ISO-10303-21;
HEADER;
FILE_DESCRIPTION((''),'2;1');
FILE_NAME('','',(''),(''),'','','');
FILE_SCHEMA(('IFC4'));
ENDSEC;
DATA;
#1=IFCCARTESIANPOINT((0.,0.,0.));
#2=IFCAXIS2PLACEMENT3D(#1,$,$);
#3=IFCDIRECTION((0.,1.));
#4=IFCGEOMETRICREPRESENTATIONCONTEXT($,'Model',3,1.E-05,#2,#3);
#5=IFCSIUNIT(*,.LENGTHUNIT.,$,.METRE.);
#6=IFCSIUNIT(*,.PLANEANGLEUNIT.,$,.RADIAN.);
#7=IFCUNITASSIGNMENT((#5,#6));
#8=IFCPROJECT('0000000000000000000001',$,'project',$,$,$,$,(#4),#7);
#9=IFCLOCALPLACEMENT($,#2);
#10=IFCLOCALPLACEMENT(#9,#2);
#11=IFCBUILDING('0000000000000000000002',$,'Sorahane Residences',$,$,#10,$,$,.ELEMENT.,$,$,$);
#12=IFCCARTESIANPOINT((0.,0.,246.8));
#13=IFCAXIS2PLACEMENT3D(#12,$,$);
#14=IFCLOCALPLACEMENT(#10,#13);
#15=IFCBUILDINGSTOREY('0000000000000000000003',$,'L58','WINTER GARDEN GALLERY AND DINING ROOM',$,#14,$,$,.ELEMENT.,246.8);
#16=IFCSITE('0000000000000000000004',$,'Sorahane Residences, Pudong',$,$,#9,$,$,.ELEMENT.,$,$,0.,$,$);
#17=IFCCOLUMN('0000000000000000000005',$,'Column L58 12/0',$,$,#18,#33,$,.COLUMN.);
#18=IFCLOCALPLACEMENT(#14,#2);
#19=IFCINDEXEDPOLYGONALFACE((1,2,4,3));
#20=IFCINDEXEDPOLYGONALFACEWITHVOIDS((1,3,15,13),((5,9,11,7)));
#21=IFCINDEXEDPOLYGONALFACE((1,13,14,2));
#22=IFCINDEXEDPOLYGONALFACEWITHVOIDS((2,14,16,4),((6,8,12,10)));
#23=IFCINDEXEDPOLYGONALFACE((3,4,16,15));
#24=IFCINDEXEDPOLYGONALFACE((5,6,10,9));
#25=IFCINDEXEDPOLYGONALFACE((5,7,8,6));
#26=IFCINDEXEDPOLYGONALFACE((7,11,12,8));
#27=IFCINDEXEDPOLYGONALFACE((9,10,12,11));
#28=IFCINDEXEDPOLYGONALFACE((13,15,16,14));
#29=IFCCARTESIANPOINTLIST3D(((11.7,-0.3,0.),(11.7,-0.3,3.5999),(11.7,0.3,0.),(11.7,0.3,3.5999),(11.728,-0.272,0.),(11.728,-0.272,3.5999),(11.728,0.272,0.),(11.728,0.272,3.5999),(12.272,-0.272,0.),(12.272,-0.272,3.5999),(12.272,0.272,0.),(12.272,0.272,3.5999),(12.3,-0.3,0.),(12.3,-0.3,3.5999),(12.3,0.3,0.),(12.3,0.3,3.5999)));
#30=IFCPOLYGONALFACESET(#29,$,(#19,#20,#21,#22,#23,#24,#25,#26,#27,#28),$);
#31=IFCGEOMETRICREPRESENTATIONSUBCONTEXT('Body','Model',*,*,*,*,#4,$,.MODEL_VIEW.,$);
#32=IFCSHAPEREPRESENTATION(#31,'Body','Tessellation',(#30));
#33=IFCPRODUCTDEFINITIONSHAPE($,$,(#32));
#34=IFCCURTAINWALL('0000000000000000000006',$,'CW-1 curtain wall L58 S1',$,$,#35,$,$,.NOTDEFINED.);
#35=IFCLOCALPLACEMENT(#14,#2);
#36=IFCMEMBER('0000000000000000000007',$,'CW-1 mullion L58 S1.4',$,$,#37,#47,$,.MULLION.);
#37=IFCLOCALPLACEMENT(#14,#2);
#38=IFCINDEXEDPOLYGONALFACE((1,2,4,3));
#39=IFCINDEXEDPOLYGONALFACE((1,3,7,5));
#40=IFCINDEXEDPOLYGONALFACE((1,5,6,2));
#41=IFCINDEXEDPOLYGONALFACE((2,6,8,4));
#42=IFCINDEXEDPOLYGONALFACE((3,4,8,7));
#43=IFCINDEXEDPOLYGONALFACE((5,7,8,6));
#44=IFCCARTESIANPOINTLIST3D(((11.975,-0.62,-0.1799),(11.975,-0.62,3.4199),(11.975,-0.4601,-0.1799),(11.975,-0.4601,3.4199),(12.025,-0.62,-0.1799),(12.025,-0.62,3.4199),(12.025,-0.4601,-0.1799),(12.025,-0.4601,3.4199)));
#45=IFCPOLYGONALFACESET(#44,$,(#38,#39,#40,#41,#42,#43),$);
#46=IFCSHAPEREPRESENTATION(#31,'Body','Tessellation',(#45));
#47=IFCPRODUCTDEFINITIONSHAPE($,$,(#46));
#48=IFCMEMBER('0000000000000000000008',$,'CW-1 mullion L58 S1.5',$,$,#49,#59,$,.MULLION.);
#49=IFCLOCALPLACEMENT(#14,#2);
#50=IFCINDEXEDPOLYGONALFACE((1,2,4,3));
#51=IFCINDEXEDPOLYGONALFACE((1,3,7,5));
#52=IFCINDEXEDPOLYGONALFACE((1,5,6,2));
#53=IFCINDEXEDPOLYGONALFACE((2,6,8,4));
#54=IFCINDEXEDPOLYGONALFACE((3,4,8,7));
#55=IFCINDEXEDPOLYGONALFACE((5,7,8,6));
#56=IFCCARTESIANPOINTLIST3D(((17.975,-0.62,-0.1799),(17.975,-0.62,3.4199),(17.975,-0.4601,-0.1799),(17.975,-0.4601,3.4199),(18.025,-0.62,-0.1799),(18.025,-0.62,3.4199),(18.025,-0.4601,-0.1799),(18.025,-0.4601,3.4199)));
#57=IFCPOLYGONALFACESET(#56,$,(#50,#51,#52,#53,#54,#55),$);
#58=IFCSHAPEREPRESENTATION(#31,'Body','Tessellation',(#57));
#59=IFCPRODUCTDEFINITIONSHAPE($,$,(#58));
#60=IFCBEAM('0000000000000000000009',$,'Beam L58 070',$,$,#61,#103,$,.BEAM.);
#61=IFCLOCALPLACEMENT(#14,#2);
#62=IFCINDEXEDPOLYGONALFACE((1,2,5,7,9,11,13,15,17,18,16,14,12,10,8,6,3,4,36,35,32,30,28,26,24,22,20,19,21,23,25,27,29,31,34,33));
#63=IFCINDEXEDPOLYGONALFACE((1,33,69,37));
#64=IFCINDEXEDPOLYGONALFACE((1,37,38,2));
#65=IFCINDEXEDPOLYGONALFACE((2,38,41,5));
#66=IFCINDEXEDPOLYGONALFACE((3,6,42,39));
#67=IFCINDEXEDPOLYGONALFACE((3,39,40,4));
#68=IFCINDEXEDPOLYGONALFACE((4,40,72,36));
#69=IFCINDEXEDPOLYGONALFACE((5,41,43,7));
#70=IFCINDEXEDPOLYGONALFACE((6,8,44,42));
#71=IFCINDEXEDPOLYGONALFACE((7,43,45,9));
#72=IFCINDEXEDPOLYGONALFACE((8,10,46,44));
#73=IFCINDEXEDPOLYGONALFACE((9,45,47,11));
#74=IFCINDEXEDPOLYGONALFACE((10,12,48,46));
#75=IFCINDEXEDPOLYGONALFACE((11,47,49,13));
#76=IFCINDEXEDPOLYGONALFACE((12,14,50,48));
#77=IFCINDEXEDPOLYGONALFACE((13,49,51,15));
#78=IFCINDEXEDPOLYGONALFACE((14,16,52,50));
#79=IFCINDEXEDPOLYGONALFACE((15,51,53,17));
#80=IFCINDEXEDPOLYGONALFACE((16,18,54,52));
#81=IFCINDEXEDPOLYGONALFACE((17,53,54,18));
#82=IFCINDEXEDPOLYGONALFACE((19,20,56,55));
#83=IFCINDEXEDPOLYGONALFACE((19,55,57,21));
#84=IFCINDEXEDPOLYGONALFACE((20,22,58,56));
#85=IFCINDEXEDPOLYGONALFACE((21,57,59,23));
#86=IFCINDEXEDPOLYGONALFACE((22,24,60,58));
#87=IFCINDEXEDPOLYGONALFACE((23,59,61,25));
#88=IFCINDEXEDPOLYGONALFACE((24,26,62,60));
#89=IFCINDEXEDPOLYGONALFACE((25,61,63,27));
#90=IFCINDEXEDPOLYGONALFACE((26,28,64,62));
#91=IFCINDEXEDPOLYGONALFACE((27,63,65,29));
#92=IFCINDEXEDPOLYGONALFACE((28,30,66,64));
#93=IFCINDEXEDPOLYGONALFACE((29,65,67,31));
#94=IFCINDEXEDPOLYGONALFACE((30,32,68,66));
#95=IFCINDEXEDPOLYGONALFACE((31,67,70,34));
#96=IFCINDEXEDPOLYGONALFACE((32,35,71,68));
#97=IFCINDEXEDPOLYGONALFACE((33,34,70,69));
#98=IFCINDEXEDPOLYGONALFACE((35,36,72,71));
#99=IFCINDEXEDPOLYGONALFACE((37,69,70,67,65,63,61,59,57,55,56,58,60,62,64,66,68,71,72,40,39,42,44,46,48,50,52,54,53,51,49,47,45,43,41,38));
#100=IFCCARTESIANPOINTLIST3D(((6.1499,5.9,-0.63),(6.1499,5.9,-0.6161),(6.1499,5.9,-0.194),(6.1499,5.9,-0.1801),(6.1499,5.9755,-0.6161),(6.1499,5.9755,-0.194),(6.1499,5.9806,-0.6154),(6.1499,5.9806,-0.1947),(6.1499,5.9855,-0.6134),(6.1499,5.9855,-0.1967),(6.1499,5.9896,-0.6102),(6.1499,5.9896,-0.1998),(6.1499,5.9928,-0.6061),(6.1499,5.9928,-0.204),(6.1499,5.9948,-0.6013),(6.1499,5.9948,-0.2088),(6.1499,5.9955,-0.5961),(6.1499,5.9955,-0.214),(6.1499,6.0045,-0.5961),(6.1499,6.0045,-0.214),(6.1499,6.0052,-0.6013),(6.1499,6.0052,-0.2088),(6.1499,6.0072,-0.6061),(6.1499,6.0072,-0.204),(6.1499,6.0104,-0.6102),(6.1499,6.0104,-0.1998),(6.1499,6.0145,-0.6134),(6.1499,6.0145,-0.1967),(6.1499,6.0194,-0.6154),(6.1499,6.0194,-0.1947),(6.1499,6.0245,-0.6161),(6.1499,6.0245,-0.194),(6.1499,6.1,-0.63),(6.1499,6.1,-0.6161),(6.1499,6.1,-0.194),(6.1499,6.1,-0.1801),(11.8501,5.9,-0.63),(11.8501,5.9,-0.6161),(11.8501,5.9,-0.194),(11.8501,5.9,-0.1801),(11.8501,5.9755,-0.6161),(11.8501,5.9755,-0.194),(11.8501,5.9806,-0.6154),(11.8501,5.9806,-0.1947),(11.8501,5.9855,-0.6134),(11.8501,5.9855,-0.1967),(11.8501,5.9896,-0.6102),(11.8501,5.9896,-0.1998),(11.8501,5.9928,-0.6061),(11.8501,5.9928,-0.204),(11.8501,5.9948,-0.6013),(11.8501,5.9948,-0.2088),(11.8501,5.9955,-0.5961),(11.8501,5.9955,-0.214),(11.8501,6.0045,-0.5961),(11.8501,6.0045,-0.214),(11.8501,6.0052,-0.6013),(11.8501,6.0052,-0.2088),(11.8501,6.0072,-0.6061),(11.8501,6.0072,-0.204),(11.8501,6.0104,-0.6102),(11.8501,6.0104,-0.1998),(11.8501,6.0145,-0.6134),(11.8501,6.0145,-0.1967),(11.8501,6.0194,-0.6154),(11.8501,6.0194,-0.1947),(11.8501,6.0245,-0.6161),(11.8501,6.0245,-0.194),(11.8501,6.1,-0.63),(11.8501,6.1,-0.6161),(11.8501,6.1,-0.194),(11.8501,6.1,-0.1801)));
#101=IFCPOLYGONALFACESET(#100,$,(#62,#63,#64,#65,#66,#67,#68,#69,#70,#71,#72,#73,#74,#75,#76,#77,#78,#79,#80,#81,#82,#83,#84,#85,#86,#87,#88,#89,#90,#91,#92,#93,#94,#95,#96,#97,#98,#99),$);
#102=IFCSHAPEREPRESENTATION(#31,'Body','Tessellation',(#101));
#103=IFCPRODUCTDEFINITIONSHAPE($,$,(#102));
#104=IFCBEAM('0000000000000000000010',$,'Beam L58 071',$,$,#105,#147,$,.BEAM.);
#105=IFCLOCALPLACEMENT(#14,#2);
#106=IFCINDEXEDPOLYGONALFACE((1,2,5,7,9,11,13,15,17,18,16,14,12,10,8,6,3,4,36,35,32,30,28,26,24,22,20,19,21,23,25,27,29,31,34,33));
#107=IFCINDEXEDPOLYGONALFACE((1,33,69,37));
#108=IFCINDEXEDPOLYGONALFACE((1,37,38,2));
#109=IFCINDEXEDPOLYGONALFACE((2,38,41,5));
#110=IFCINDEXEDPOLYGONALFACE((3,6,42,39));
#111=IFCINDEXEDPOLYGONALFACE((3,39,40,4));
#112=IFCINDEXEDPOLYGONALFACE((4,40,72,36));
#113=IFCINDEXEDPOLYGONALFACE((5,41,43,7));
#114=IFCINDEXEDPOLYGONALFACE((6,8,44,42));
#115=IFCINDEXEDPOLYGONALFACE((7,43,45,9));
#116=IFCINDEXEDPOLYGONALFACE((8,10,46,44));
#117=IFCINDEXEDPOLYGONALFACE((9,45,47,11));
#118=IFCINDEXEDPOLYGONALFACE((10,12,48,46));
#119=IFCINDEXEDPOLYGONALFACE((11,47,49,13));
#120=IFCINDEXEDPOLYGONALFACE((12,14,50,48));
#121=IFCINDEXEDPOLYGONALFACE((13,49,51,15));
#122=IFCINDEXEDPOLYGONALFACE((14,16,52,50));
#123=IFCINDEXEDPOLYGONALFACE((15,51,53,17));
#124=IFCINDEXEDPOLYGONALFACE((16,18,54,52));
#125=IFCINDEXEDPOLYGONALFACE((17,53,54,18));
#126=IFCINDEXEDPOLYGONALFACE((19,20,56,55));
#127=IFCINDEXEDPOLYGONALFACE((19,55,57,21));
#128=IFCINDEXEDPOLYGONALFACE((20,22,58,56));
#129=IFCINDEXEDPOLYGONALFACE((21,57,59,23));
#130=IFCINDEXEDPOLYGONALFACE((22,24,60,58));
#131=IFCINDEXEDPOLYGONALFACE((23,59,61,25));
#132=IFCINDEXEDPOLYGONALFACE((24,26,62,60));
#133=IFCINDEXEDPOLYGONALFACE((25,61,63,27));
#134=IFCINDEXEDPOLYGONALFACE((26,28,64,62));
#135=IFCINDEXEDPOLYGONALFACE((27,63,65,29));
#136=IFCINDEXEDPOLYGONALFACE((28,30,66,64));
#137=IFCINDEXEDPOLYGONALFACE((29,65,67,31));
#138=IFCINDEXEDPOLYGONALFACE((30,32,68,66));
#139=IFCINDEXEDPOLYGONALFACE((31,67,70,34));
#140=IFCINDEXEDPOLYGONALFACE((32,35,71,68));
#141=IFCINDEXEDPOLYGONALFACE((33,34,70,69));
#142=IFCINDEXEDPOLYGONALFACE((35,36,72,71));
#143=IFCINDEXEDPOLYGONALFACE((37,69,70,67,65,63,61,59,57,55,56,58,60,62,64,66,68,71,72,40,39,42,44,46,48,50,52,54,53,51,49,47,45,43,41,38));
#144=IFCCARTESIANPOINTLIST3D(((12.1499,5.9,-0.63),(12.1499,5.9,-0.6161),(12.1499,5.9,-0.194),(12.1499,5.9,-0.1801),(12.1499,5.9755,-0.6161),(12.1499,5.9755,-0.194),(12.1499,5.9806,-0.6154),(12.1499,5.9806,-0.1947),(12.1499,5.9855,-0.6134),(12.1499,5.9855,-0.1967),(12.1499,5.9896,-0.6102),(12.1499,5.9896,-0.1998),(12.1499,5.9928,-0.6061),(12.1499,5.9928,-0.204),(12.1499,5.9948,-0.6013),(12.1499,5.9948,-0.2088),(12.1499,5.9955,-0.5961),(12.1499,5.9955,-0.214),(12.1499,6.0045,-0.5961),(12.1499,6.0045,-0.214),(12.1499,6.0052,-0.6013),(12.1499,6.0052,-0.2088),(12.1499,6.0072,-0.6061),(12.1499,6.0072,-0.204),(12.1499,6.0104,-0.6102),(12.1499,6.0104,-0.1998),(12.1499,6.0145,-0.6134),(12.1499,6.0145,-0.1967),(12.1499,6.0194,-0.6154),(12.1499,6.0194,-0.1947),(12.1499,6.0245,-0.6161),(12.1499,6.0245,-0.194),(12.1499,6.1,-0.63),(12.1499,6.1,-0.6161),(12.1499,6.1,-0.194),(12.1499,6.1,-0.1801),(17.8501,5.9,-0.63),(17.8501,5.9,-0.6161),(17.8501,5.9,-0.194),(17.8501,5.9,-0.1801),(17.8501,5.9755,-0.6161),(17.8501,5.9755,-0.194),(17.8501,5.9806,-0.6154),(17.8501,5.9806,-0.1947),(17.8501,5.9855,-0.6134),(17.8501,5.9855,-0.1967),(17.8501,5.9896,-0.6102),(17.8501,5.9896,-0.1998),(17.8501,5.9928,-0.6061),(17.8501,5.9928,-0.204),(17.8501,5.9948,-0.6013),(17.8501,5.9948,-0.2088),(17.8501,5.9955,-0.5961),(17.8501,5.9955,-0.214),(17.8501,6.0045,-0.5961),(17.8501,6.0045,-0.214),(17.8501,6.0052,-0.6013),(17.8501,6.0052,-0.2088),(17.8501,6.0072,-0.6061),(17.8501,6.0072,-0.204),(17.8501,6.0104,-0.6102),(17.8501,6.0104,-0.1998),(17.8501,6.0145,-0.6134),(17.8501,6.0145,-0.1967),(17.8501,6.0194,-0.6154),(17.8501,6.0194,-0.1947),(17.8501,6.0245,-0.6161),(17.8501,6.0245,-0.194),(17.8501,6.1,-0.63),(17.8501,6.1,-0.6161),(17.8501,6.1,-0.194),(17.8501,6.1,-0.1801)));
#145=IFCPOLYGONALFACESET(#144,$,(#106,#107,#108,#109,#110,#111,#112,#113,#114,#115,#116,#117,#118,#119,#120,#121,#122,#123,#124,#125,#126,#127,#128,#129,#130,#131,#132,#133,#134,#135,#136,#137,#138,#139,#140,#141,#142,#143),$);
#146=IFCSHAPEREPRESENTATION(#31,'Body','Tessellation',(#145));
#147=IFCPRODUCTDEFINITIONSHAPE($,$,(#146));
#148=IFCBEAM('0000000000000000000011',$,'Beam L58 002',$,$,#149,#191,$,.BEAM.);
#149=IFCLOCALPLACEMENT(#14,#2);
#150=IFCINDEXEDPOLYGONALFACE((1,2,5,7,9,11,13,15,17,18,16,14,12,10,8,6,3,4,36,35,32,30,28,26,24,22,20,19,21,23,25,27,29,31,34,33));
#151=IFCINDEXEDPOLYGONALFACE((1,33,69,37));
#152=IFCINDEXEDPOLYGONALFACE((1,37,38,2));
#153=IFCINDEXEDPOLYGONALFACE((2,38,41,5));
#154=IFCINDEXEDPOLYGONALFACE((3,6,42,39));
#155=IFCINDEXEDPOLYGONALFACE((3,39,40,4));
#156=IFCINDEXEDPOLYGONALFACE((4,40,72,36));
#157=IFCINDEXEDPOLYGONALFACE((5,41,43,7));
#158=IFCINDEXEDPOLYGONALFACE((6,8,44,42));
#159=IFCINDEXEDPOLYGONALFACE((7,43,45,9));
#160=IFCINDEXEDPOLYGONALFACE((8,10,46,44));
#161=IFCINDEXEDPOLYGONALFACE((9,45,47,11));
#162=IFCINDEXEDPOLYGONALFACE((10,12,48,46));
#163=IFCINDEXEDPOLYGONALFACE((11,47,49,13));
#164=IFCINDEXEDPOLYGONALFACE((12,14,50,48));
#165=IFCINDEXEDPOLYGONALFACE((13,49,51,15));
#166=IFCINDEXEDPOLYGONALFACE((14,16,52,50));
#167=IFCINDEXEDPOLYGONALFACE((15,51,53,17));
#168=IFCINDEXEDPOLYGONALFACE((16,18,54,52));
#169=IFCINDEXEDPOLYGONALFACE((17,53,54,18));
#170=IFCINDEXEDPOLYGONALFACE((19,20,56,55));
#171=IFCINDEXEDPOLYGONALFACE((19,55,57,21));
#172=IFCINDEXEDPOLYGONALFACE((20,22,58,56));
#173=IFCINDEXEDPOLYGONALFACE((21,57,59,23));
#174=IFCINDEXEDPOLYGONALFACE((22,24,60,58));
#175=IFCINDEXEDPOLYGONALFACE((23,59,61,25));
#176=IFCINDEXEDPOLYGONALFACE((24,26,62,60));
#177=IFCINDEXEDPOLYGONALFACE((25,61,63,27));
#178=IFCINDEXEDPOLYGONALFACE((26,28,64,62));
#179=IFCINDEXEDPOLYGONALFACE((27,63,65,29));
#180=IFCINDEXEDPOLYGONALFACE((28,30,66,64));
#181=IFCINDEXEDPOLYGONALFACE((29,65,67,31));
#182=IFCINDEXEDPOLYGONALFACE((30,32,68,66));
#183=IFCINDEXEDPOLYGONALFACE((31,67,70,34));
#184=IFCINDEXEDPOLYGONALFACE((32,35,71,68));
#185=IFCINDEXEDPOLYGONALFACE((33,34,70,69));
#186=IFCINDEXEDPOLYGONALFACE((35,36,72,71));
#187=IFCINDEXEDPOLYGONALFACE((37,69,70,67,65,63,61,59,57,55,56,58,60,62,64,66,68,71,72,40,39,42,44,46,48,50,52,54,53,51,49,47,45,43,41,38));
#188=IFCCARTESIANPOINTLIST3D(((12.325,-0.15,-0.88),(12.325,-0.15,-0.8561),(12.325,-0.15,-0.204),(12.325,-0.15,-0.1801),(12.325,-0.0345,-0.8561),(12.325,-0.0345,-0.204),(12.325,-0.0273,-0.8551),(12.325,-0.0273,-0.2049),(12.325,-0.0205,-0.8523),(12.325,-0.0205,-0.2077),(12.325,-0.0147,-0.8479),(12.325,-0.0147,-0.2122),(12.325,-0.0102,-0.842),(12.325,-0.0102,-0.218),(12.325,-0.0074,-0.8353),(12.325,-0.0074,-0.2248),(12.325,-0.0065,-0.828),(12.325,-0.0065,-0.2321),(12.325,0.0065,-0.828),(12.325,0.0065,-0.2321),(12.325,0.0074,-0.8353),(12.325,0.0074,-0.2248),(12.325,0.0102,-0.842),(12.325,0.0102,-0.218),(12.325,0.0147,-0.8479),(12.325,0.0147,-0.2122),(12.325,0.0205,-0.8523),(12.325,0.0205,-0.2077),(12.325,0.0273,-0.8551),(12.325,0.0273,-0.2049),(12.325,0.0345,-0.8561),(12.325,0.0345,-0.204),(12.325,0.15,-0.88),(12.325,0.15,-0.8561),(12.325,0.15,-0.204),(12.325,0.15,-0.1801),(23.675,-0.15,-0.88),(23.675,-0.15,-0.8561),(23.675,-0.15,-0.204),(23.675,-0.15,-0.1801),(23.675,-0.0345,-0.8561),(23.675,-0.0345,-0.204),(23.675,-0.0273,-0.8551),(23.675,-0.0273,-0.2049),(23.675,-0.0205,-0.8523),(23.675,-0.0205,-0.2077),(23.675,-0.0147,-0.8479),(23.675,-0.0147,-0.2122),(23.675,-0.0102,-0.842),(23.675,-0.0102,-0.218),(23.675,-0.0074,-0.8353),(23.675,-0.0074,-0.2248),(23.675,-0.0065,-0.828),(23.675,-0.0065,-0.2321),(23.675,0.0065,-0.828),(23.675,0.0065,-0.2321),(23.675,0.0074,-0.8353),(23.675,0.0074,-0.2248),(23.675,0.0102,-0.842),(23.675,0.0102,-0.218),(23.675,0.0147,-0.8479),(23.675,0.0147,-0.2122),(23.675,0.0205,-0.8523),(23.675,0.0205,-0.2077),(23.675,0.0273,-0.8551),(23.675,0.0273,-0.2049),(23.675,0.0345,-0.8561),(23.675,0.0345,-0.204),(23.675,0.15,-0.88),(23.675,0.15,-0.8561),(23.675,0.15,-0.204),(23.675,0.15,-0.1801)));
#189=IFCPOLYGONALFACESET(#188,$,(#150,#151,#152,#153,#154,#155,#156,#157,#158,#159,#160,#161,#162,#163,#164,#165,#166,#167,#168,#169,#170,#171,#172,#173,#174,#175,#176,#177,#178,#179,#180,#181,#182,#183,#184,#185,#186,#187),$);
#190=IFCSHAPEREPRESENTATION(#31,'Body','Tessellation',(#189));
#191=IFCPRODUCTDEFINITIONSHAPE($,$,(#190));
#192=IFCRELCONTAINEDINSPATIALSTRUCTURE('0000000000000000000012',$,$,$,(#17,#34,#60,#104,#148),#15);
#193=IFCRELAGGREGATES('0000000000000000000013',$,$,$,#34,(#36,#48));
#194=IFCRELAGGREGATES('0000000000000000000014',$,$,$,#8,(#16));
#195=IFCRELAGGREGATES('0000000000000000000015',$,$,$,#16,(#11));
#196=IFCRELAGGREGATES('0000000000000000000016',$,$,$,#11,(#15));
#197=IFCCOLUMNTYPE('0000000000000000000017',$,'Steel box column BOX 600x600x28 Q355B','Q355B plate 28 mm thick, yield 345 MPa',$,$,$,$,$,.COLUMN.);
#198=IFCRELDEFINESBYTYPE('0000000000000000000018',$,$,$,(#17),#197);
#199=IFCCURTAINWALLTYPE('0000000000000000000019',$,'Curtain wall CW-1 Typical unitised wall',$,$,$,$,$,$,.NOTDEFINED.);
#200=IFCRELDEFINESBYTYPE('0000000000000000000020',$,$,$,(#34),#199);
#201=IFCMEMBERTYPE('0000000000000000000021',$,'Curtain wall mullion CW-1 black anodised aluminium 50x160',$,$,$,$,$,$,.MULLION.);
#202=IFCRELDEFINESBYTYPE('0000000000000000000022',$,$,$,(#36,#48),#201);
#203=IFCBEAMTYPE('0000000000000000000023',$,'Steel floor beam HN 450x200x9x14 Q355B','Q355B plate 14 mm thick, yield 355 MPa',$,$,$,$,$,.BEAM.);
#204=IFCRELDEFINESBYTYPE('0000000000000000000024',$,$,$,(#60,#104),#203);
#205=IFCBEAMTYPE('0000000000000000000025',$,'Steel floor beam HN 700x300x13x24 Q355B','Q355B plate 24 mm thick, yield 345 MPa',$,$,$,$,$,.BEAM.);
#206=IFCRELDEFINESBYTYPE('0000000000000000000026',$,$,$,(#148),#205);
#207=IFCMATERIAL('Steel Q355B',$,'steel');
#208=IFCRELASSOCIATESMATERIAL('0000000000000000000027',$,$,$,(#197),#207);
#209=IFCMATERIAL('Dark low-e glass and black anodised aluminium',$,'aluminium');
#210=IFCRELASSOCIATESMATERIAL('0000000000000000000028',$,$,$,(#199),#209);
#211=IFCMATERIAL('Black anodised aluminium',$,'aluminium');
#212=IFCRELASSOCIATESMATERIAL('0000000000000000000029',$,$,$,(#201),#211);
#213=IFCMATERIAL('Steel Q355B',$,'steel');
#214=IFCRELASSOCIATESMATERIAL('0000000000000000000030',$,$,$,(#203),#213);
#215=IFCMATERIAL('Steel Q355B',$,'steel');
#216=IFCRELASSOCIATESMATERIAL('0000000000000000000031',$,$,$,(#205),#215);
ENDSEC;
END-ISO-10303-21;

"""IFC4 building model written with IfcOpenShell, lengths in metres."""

from ifc_helpers import new_model, si_unit, direction, frame, origin, origin_2d, place, context, subcontext, project, spatial, rectangle, hollow_rectangle, i_section, extrude, material, material_profile, profile_set, type_object, element, aggregate, save


model = new_model("IFC4")

# Units and contexts
model_context = context("Model", 3, precision=1e-05, world=origin(), true_north=direction((0.0, 1.0)))
body_context = subcontext(model_context, "Body", "Model", "MODEL_VIEW")
ifc_project = project(units=[si_unit("LENGTHUNIT", "METRE"), si_unit("PLANEANGLEUNIT", "RADIAN")], contexts=[model_context])

# Site, building, storey
site_placement = place(None, origin())
site = spatial("IfcSite", under=ifc_project, at=site_placement, Name="Sorahane Residences, Pudong", CompositionType="ELEMENT", RefElevation=0.0)
building_placement = place(site_placement, origin())
building = spatial("IfcBuilding", under=site, at=building_placement, Name="Sorahane Residences", CompositionType="ELEMENT")
storey_placement = place(building_placement, frame((0.0, 0.0, 246.8)))
storey = spatial("IfcBuildingStorey", under=building, at=storey_placement, Name="L58", Description="WINTER GARDEN GALLERY AND DINING ROOM", CompositionType="ELEMENT", Elevation=246.8)

# Column
ifc_material_1 = material(Name="Steel Q355B", Category="steel")
ifc_material_profile_1 = material_profile(ifc_material_1, hollow_rectangle(XDim=0.6001, YDim=0.6001, WallThickness=0.0281, at=origin_2d()), Name="BOX 600x600x28")
ifc_profile_set_1 = profile_set([ifc_material_profile_1], Name="Steel Q355B")
column_type = type_object("IfcColumnType", Name="Steel box column BOX 600x600x28 Q355B", Description="Q355B plate 28 mm thick, yield 345 MPa", PredefinedType="COLUMN", material=ifc_profile_set_1)
column_placement = place(storey_placement, frame((12.0, 0.0, 0.0), z_axis=(0.0, 0.0, 1.0), x_axis=(1.0, 0.0, 0.0)))
element("IfcColumn", 1, at=column_placement, inside=storey, type_object=column_type, Name="Column L58 12/0", PredefinedType="COLUMN", context=body_context, shape_type="SweptSolid", body=[
    extrude(hollow_rectangle(XDim=0.6001, YDim=0.6001, WallThickness=0.0281, at=origin_2d()), origin(), (0.0, 0.0, 1.0), 3.5999),
])

# Curtain wall, members
ifc_material_2 = material(Name="Dark low-e glass and black anodised aluminium", Category="aluminium")
curtain_wall_type = type_object("IfcCurtainWallType", Name="Curtain wall CW-1 Typical unitised wall", PredefinedType="NOTDEFINED", material=ifc_material_2)
curtain_wall_placement = place(storey_placement, origin())
curtain_wall = element("IfcCurtainWall", 2, at=curtain_wall_placement, inside=storey, type_object=curtain_wall_type, Name="CW-1 curtain wall L58 S1", PredefinedType="NOTDEFINED")
ifc_material_3 = material(Name="Black anodised aluminium", Category="aluminium")
ifc_material_profile_2 = material_profile(ifc_material_3, rectangle(XDim=0.1599, YDim=0.05, at=origin_2d()), Name="Curtain wall mullion CW-1 black anodised aluminium 50x160")
ifc_profile_set_2 = profile_set([ifc_material_profile_2], Name="Black anodised aluminium")
member_type = type_object("IfcMemberType", Name="Curtain wall mullion CW-1 black anodised aluminium 50x160", PredefinedType="MULLION", material=ifc_profile_set_2)
member_1_placement = place(storey_placement, frame((12.0, -0.54, -0.1799), z_axis=(0.0, 0.0, 1.0), x_axis=(0.0, -1.0, 0.0)))
member_1 = element("IfcMember", 3, at=member_1_placement, type_object=member_type, Name="CW-1 mullion L58 S1.4", PredefinedType="MULLION", context=body_context, shape_type="SweptSolid", body=[
    extrude(rectangle(XDim=0.1599, YDim=0.05, at=origin_2d()), origin(), (0.0, 0.0, 1.0), 3.5999),
])
member_2_placement = place(storey_placement, frame((18.0, -0.54, -0.1799), z_axis=(0.0, 0.0, 1.0), x_axis=(0.0, -1.0, 0.0)))
member_2 = element("IfcMember", 4, at=member_2_placement, type_object=member_type, Name="CW-1 mullion L58 S1.5", PredefinedType="MULLION", context=body_context, shape_type="SweptSolid", body=[
    extrude(rectangle(XDim=0.1599, YDim=0.05, at=origin_2d()), origin(), (0.0, 0.0, 1.0), 3.5999),
])

# Beams
ifc_material_4 = material(Name="Steel Q355B", Category="steel")
ifc_material_profile_3 = material_profile(ifc_material_4, i_section(OverallWidth=0.2, OverallDepth=0.45, WebThickness=0.009, FlangeThickness=0.0139, FilletRadius=0.02, at=origin_2d()), Name="HN 450x200x9x14")
ifc_profile_set_3 = profile_set([ifc_material_profile_3], Name="Steel Q355B")
beam_type_1 = type_object("IfcBeamType", Name="Steel floor beam HN 450x200x9x14 Q355B", Description="Q355B plate 14 mm thick, yield 355 MPa", PredefinedType="BEAM", material=ifc_profile_set_3)
for number, where, z_axis, x_axis, name in (
    (5, (6.1499, 6.0, -0.405), (1.0, 0.0, 0.0), (0.0, 1.0, 0.0), "Beam L58 070"),
    (6, (12.1499, 6.0, -0.405), (1.0, 0.0, 0.0), (0.0, 1.0, 0.0), "Beam L58 071"),
):
    element("IfcBeam", number, at=place(storey_placement, frame(where, z_axis=z_axis, x_axis=x_axis)), inside=storey, type_object=beam_type_1, Name=name, PredefinedType="BEAM", context=body_context, shape_type="SweptSolid", body=[
        extrude(i_section(OverallWidth=0.2, OverallDepth=0.45, WebThickness=0.009, FlangeThickness=0.0139, FilletRadius=0.02, at=origin_2d()), origin(), (0.0, 0.0, 1.0), 5.7002),
    ])
ifc_material_5 = material(Name="Steel Q355B", Category="steel")
ifc_material_profile_4 = material_profile(ifc_material_5, i_section(OverallWidth=0.3, OverallDepth=0.7, WebThickness=0.0129, FlangeThickness=0.0239, FilletRadius=0.0281, at=origin_2d()), Name="HN 700x300x13x24")
ifc_profile_set_4 = profile_set([ifc_material_profile_4], Name="Steel Q355B")
beam_type_2 = type_object("IfcBeamType", Name="Steel floor beam HN 700x300x13x24 Q355B", Description="Q355B plate 24 mm thick, yield 345 MPa", PredefinedType="BEAM", material=ifc_profile_set_4)
beam_1_placement = place(storey_placement, frame((12.325, 0.0, -0.53), z_axis=(1.0, 0.0, 0.0), x_axis=(0.0, 1.0, 0.0)))
element("IfcBeam", 7, at=beam_1_placement, inside=storey, type_object=beam_type_2, Name="Beam L58 002", PredefinedType="BEAM", context=body_context, shape_type="SweptSolid", body=[
    extrude(i_section(OverallWidth=0.3, OverallDepth=0.7, WebThickness=0.0129, FlangeThickness=0.0239, FilletRadius=0.0281, at=origin_2d()), origin(), (0.0, 0.0, 1.0), 11.3501),
])

aggregate(curtain_wall, [member_1, member_2])

save(model, "model.ifc")
